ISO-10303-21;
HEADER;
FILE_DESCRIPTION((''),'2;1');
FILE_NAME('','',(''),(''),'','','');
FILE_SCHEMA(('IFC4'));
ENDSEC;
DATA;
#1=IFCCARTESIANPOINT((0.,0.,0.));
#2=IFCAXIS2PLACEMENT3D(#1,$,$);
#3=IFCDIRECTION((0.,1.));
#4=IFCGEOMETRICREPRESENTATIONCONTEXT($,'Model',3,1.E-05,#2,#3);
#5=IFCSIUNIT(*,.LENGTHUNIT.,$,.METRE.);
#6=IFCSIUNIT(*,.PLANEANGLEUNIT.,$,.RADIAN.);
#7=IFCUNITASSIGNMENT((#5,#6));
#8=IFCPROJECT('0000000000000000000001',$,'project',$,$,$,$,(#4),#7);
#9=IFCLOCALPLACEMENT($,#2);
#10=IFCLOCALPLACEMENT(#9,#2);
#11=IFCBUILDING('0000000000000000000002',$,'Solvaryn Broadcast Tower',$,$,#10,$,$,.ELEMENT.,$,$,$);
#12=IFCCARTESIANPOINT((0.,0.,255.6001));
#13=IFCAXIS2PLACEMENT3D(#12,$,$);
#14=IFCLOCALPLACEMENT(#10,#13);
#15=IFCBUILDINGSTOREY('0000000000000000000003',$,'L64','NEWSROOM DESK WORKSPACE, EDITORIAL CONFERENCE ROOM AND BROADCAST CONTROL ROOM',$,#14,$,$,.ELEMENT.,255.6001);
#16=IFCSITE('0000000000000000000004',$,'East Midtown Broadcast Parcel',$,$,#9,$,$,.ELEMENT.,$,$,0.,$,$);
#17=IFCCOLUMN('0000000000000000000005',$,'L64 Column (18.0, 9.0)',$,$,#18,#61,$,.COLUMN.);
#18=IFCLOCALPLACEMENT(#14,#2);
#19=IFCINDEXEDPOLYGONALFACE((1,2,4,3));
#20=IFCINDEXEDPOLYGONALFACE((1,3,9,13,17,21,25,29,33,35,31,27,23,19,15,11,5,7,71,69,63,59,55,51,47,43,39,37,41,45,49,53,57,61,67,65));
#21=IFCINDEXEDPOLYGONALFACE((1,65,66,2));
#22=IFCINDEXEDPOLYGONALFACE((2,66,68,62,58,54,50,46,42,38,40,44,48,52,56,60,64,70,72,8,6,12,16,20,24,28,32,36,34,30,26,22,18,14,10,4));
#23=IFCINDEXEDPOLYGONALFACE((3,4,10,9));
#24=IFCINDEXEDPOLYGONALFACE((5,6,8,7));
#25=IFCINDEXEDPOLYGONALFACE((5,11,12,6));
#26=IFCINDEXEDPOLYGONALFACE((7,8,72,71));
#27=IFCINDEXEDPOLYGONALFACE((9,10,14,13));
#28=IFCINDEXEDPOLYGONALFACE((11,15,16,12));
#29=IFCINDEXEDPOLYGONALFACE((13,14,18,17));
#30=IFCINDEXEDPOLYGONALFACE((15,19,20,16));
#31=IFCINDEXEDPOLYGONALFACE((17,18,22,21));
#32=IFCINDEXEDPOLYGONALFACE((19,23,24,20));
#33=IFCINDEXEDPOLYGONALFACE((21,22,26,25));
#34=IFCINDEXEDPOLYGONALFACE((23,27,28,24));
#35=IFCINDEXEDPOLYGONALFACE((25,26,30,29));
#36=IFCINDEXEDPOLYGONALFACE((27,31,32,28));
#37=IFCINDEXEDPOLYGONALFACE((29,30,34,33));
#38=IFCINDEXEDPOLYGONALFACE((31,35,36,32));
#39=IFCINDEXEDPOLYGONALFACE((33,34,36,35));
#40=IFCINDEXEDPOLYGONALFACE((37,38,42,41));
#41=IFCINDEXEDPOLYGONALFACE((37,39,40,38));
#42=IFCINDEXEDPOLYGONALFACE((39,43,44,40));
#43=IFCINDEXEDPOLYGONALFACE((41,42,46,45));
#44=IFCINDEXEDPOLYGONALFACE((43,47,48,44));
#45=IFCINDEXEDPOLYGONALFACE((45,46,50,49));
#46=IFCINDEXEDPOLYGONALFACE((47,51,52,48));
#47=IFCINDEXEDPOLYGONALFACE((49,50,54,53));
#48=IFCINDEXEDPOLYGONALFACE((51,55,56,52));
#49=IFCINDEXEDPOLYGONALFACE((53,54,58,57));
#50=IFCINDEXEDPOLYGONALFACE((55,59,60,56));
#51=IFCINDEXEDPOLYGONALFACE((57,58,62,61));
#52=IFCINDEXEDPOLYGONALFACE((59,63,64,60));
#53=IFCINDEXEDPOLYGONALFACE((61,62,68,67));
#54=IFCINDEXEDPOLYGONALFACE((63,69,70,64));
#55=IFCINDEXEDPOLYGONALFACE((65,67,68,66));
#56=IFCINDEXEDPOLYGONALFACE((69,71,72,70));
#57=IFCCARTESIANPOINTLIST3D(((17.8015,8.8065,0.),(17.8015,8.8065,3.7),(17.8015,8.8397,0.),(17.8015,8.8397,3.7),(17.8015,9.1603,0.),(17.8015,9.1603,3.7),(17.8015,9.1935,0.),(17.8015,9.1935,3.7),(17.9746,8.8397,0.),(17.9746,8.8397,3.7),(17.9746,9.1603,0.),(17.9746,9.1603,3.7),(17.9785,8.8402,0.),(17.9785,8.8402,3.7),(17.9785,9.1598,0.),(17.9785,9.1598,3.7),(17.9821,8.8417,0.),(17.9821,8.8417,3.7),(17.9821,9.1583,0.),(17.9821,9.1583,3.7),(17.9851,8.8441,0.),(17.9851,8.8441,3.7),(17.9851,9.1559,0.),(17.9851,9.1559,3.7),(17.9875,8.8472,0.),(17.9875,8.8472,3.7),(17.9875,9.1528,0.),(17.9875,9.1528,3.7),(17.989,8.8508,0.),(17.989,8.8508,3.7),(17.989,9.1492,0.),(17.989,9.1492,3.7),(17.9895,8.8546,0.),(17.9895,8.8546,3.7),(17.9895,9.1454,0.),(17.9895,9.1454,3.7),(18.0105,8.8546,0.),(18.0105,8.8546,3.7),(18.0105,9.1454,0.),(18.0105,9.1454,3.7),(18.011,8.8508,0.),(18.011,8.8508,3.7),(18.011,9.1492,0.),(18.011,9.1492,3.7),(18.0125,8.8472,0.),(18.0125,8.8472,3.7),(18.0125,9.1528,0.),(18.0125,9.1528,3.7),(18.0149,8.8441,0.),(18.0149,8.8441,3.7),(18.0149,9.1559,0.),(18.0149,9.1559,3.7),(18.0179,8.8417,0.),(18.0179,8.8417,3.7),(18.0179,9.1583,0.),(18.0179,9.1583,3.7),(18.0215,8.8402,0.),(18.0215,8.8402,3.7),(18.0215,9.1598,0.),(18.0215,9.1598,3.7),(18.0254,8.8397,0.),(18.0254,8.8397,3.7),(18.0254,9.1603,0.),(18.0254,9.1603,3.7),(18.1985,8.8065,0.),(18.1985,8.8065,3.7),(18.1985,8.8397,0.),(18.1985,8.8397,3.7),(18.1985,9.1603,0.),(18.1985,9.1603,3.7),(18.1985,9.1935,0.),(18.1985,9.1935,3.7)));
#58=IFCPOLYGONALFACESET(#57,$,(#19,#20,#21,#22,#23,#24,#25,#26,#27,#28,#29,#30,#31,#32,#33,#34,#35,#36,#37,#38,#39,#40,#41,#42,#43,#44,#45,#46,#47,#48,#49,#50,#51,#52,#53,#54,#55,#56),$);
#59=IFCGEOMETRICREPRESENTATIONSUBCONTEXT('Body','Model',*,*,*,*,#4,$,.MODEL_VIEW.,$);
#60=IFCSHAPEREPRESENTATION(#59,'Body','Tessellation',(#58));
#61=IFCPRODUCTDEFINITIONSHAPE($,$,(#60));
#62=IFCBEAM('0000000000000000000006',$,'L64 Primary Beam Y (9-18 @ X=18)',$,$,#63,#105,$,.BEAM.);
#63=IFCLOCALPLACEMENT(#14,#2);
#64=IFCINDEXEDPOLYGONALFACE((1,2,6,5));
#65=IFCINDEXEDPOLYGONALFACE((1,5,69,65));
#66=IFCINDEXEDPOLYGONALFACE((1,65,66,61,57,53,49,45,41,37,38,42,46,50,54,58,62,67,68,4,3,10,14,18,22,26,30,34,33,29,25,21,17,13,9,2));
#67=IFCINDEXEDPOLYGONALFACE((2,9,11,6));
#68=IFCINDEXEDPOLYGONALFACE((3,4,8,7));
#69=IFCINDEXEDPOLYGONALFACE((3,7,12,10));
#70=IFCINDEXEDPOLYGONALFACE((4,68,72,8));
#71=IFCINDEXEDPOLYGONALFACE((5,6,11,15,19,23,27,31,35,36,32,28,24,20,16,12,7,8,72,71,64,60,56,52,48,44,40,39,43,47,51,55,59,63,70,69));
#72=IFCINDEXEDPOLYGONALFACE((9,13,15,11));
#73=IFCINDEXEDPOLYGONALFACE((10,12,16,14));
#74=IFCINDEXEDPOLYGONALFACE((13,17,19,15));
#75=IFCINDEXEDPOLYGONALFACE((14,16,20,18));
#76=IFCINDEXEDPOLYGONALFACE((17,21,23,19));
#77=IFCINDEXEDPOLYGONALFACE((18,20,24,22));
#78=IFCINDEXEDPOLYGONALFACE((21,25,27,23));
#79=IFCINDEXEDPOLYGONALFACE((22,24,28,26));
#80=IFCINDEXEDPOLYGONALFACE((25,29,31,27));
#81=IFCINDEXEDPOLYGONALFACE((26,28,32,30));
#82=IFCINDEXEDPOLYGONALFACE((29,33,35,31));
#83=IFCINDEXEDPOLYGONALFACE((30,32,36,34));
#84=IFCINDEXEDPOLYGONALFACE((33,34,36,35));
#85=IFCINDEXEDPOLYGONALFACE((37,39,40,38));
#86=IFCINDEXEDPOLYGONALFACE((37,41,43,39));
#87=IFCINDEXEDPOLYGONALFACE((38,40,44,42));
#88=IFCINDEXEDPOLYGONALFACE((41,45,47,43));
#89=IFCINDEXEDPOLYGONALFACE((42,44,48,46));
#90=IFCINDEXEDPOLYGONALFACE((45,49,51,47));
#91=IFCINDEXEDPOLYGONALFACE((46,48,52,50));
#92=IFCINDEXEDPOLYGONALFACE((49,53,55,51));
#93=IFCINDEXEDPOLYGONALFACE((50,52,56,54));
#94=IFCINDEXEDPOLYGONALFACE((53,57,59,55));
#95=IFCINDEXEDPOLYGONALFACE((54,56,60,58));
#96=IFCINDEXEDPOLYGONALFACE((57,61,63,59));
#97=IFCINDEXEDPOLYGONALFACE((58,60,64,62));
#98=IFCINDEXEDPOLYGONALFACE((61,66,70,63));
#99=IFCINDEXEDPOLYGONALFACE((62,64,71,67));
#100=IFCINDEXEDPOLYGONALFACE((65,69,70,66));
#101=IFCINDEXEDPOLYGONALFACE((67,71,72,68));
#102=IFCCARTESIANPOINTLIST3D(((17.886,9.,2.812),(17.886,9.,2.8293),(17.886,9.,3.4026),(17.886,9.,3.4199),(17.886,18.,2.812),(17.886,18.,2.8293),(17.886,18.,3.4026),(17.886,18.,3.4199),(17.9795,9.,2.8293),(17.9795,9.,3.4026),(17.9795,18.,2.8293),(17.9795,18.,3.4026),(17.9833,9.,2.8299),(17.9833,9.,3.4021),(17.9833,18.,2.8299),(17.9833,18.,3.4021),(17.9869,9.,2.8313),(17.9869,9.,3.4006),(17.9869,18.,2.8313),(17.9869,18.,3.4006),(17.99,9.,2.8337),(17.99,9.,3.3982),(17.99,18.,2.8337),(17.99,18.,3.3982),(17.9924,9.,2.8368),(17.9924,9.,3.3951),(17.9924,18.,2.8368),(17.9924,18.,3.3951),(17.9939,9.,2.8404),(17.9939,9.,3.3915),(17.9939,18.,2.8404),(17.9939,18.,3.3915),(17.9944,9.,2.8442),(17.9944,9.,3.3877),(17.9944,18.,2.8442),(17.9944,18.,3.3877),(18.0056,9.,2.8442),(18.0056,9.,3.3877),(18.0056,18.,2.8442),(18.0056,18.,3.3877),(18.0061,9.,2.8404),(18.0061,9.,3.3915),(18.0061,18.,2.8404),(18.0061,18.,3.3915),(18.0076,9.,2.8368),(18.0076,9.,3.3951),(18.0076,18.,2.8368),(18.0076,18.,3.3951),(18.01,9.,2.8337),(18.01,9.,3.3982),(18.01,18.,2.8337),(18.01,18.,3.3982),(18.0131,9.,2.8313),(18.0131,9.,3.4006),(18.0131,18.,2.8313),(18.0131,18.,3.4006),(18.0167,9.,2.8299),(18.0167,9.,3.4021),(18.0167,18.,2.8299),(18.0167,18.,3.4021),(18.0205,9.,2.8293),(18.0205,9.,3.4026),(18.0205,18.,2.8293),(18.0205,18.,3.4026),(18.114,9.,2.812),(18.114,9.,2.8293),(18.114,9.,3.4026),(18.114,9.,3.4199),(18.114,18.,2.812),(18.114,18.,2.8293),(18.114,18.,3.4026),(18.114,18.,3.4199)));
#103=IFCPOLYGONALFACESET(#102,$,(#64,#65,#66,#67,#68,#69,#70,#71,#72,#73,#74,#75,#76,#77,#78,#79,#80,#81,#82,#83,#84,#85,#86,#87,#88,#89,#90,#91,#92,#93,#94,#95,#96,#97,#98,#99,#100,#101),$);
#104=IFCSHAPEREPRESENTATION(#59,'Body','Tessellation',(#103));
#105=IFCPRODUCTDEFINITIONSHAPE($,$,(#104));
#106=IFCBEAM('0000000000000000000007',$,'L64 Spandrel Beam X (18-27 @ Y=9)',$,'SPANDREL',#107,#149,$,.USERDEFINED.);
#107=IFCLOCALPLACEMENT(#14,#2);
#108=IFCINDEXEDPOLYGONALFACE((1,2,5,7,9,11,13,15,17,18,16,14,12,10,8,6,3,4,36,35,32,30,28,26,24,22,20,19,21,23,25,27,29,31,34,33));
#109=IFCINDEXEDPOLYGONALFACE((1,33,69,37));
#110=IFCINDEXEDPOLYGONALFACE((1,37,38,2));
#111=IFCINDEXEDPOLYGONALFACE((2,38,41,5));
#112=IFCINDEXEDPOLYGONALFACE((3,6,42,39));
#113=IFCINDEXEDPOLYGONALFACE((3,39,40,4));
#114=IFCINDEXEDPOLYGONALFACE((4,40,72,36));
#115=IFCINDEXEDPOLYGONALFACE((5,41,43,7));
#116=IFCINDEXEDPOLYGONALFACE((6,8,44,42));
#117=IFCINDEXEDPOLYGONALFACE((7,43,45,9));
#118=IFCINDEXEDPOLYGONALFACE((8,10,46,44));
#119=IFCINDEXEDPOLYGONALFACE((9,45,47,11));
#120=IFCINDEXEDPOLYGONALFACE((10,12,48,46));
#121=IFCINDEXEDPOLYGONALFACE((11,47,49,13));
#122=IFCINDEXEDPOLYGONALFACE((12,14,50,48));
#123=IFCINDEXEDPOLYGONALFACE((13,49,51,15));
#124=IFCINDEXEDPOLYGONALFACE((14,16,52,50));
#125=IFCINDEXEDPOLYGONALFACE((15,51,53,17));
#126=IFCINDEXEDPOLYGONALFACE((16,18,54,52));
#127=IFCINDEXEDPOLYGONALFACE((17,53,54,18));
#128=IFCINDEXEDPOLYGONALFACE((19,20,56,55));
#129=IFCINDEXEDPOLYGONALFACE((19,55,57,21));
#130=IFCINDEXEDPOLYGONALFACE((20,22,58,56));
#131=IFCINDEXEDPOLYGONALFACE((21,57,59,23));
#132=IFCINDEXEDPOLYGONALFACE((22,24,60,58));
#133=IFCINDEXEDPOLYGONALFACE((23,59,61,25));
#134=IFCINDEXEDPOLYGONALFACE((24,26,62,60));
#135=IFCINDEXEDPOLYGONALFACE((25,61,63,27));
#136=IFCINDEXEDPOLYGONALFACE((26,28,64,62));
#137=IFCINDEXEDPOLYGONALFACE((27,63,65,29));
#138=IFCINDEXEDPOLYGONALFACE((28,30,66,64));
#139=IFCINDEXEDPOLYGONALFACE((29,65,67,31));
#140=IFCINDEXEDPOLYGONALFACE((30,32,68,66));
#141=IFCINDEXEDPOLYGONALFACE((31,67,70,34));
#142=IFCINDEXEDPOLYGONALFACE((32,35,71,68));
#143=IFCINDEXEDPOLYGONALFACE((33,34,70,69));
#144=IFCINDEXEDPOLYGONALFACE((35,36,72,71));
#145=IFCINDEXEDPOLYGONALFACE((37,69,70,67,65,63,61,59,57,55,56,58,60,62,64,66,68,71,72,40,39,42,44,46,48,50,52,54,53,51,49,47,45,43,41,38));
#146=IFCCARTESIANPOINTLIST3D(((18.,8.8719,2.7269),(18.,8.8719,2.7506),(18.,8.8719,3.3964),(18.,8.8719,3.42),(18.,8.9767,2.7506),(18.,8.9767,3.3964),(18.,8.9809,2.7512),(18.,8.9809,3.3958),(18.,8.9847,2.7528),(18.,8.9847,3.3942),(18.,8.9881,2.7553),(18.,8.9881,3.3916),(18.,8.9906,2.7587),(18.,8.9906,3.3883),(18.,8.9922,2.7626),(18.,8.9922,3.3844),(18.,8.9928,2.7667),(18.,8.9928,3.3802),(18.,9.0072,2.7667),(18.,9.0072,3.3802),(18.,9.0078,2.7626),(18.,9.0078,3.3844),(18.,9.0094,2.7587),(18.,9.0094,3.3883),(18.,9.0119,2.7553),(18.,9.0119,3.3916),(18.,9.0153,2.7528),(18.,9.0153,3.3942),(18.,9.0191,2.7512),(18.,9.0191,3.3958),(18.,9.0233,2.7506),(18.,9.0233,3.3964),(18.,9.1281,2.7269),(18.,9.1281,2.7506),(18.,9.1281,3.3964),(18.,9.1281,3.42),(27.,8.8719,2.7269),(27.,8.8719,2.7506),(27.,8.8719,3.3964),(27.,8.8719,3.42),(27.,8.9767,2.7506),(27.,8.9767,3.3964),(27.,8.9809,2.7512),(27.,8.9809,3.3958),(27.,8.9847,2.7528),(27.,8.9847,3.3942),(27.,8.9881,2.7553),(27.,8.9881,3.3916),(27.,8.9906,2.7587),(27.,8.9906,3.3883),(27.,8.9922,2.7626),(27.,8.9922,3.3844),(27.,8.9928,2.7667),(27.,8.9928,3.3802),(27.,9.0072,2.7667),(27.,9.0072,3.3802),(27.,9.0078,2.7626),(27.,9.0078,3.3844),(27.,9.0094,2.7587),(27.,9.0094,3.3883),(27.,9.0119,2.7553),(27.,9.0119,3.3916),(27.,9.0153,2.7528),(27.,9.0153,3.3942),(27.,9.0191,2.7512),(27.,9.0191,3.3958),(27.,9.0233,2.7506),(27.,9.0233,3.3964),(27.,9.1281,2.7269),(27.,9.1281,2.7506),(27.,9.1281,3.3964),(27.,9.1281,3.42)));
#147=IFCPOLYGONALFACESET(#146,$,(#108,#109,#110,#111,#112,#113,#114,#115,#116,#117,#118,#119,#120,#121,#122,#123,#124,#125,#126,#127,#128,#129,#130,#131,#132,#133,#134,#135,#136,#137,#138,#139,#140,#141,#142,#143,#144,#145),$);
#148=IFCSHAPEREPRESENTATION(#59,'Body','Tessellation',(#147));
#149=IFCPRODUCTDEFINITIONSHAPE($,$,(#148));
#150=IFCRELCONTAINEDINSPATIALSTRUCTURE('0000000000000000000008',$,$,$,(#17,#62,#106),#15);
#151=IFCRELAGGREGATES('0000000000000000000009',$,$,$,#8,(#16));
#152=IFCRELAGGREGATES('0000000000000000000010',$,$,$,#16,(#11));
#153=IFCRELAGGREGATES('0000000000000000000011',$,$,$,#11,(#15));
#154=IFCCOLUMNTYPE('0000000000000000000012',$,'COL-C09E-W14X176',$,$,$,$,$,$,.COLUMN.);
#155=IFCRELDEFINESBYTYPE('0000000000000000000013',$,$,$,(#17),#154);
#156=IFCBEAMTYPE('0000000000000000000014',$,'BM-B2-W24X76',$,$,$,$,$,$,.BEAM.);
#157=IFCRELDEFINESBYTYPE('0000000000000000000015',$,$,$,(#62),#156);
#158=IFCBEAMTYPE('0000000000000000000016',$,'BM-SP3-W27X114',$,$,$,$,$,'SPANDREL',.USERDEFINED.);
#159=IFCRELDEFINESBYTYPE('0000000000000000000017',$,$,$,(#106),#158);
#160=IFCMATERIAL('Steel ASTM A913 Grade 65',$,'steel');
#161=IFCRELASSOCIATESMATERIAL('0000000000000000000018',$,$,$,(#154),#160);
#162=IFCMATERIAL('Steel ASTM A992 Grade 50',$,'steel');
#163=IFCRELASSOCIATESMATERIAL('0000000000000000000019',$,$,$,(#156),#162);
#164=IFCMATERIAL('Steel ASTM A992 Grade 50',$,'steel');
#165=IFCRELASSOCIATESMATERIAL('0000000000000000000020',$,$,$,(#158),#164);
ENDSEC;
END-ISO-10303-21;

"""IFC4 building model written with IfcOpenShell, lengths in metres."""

from ifc_helpers import new_model, si_unit, direction, frame, origin, origin_2d, place, context, subcontext, project, spatial, i_section, extrude, material, material_profile, profile_set, type_object, element, save


model = new_model("IFC4")

# Units and contexts
model_context = context("Model", 3, precision=1e-05, world=origin(), true_north=direction((0.0, 1.0)))
body_context = subcontext(model_context, "Body", "Model", "MODEL_VIEW")
ifc_project = project(units=[si_unit("LENGTHUNIT", "METRE"), si_unit("PLANEANGLEUNIT", "RADIAN")], contexts=[model_context])

# Site, building, storey
site_placement = place(None, origin())
site = spatial("IfcSite", under=ifc_project, at=site_placement, Name="East Midtown Broadcast Parcel", CompositionType="ELEMENT", RefElevation=0.0)
building_placement = place(site_placement, origin())
building = spatial("IfcBuilding", under=site, at=building_placement, Name="Solvaryn Broadcast Tower", CompositionType="ELEMENT")
storey_placement = place(building_placement, frame((0.0, 0.0, 255.6001)))
storey = spatial("IfcBuildingStorey", under=building, at=storey_placement, Name="L64", Description="NEWSROOM DESK WORKSPACE, EDITORIAL CONFERENCE ROOM AND BROADCAST CONTROL ROOM", CompositionType="ELEMENT", Elevation=255.6001)

# Column
ifc_material_1 = material(Name="Steel ASTM A913 Grade 65", Category="steel")
ifc_material_profile_1 = material_profile(ifc_material_1, i_section(OverallWidth=0.397, OverallDepth=0.387, WebThickness=0.021, FlangeThickness=0.0332, FilletRadius=0.0149, at=origin_2d()))
ifc_profile_set_1 = profile_set([ifc_material_profile_1], Name="Steel ASTM A913 Grade 65")
column_type = type_object("IfcColumnType", Name="COL-C09E-W14X176", PredefinedType="COLUMN", material=ifc_profile_set_1)
column_placement = place(storey_placement, frame((18.0, 9.0, 0.0), z_axis=(0.0, 0.0, 1.0), x_axis=(1.0, 0.0, 0.0)))
element("IfcColumn", 1, at=column_placement, inside=storey, type_object=column_type, Name="L64 Column (18.0, 9.0)", PredefinedType="COLUMN", context=body_context, shape_type="SweptSolid", body=[
    extrude(i_section(OverallWidth=0.397, OverallDepth=0.387, WebThickness=0.021, FlangeThickness=0.0332, FilletRadius=0.0149, at=origin_2d()), origin(), (0.0, 0.0, 1.0), 3.7),
])

# Beams
ifc_material_2 = material(Name="Steel ASTM A992 Grade 50", Category="steel")
ifc_material_profile_2 = material_profile(ifc_material_2, i_section(OverallWidth=0.228, OverallDepth=0.6079, WebThickness=0.0112, FlangeThickness=0.0173, FilletRadius=0.0149, at=origin_2d()))
ifc_profile_set_2 = profile_set([ifc_material_profile_2], Name="Steel ASTM A992 Grade 50")
beam_type_1 = type_object("IfcBeamType", Name="BM-B2-W24X76", PredefinedType="BEAM", material=ifc_profile_set_2)
beam_1_placement = place(storey_placement, frame((18.0, 9.0, 3.116), z_axis=(0.0, 1.0, 0.0), x_axis=(-1.0, 0.0, 0.0)))
element("IfcBeam", 2, at=beam_1_placement, inside=storey, type_object=beam_type_1, Name="L64 Primary Beam Y (9-18 @ X=18)", PredefinedType="BEAM", context=body_context, shape_type="SweptSolid", body=[
    extrude(i_section(OverallWidth=0.228, OverallDepth=0.6079, WebThickness=0.0112, FlangeThickness=0.0173, FilletRadius=0.0149, at=origin_2d()), origin(), (0.0, 0.0, 1.0), 9.0),
])
ifc_material_3 = material(Name="Steel ASTM A992 Grade 50", Category="steel")
ifc_material_profile_3 = material_profile(ifc_material_3, i_section(OverallWidth=0.2561, OverallDepth=0.6931, WebThickness=0.0144, FlangeThickness=0.0237, FilletRadius=0.0161, at=origin_2d()))
ifc_profile_set_3 = profile_set([ifc_material_profile_3], Name="Steel ASTM A992 Grade 50")
beam_type_2 = type_object("IfcBeamType", Name="BM-SP3-W27X114", ElementType="SPANDREL", PredefinedType="USERDEFINED", material=ifc_profile_set_3)
beam_2_placement = place(storey_placement, frame((18.0, 9.0, 3.0735), z_axis=(1.0, 0.0, 0.0), x_axis=(0.0, 1.0, 0.0)))
element("IfcBeam", 3, at=beam_2_placement, inside=storey, type_object=beam_type_2, Name="L64 Spandrel Beam X (18-27 @ Y=9)", ObjectType="SPANDREL", PredefinedType="USERDEFINED", context=body_context, shape_type="SweptSolid", body=[
    extrude(i_section(OverallWidth=0.2561, OverallDepth=0.6931, WebThickness=0.0144, FlangeThickness=0.0237, FilletRadius=0.0161, at=origin_2d()), origin(), (0.0, 0.0, 1.0), 9.0),
])

save(model, "model.ifc")
